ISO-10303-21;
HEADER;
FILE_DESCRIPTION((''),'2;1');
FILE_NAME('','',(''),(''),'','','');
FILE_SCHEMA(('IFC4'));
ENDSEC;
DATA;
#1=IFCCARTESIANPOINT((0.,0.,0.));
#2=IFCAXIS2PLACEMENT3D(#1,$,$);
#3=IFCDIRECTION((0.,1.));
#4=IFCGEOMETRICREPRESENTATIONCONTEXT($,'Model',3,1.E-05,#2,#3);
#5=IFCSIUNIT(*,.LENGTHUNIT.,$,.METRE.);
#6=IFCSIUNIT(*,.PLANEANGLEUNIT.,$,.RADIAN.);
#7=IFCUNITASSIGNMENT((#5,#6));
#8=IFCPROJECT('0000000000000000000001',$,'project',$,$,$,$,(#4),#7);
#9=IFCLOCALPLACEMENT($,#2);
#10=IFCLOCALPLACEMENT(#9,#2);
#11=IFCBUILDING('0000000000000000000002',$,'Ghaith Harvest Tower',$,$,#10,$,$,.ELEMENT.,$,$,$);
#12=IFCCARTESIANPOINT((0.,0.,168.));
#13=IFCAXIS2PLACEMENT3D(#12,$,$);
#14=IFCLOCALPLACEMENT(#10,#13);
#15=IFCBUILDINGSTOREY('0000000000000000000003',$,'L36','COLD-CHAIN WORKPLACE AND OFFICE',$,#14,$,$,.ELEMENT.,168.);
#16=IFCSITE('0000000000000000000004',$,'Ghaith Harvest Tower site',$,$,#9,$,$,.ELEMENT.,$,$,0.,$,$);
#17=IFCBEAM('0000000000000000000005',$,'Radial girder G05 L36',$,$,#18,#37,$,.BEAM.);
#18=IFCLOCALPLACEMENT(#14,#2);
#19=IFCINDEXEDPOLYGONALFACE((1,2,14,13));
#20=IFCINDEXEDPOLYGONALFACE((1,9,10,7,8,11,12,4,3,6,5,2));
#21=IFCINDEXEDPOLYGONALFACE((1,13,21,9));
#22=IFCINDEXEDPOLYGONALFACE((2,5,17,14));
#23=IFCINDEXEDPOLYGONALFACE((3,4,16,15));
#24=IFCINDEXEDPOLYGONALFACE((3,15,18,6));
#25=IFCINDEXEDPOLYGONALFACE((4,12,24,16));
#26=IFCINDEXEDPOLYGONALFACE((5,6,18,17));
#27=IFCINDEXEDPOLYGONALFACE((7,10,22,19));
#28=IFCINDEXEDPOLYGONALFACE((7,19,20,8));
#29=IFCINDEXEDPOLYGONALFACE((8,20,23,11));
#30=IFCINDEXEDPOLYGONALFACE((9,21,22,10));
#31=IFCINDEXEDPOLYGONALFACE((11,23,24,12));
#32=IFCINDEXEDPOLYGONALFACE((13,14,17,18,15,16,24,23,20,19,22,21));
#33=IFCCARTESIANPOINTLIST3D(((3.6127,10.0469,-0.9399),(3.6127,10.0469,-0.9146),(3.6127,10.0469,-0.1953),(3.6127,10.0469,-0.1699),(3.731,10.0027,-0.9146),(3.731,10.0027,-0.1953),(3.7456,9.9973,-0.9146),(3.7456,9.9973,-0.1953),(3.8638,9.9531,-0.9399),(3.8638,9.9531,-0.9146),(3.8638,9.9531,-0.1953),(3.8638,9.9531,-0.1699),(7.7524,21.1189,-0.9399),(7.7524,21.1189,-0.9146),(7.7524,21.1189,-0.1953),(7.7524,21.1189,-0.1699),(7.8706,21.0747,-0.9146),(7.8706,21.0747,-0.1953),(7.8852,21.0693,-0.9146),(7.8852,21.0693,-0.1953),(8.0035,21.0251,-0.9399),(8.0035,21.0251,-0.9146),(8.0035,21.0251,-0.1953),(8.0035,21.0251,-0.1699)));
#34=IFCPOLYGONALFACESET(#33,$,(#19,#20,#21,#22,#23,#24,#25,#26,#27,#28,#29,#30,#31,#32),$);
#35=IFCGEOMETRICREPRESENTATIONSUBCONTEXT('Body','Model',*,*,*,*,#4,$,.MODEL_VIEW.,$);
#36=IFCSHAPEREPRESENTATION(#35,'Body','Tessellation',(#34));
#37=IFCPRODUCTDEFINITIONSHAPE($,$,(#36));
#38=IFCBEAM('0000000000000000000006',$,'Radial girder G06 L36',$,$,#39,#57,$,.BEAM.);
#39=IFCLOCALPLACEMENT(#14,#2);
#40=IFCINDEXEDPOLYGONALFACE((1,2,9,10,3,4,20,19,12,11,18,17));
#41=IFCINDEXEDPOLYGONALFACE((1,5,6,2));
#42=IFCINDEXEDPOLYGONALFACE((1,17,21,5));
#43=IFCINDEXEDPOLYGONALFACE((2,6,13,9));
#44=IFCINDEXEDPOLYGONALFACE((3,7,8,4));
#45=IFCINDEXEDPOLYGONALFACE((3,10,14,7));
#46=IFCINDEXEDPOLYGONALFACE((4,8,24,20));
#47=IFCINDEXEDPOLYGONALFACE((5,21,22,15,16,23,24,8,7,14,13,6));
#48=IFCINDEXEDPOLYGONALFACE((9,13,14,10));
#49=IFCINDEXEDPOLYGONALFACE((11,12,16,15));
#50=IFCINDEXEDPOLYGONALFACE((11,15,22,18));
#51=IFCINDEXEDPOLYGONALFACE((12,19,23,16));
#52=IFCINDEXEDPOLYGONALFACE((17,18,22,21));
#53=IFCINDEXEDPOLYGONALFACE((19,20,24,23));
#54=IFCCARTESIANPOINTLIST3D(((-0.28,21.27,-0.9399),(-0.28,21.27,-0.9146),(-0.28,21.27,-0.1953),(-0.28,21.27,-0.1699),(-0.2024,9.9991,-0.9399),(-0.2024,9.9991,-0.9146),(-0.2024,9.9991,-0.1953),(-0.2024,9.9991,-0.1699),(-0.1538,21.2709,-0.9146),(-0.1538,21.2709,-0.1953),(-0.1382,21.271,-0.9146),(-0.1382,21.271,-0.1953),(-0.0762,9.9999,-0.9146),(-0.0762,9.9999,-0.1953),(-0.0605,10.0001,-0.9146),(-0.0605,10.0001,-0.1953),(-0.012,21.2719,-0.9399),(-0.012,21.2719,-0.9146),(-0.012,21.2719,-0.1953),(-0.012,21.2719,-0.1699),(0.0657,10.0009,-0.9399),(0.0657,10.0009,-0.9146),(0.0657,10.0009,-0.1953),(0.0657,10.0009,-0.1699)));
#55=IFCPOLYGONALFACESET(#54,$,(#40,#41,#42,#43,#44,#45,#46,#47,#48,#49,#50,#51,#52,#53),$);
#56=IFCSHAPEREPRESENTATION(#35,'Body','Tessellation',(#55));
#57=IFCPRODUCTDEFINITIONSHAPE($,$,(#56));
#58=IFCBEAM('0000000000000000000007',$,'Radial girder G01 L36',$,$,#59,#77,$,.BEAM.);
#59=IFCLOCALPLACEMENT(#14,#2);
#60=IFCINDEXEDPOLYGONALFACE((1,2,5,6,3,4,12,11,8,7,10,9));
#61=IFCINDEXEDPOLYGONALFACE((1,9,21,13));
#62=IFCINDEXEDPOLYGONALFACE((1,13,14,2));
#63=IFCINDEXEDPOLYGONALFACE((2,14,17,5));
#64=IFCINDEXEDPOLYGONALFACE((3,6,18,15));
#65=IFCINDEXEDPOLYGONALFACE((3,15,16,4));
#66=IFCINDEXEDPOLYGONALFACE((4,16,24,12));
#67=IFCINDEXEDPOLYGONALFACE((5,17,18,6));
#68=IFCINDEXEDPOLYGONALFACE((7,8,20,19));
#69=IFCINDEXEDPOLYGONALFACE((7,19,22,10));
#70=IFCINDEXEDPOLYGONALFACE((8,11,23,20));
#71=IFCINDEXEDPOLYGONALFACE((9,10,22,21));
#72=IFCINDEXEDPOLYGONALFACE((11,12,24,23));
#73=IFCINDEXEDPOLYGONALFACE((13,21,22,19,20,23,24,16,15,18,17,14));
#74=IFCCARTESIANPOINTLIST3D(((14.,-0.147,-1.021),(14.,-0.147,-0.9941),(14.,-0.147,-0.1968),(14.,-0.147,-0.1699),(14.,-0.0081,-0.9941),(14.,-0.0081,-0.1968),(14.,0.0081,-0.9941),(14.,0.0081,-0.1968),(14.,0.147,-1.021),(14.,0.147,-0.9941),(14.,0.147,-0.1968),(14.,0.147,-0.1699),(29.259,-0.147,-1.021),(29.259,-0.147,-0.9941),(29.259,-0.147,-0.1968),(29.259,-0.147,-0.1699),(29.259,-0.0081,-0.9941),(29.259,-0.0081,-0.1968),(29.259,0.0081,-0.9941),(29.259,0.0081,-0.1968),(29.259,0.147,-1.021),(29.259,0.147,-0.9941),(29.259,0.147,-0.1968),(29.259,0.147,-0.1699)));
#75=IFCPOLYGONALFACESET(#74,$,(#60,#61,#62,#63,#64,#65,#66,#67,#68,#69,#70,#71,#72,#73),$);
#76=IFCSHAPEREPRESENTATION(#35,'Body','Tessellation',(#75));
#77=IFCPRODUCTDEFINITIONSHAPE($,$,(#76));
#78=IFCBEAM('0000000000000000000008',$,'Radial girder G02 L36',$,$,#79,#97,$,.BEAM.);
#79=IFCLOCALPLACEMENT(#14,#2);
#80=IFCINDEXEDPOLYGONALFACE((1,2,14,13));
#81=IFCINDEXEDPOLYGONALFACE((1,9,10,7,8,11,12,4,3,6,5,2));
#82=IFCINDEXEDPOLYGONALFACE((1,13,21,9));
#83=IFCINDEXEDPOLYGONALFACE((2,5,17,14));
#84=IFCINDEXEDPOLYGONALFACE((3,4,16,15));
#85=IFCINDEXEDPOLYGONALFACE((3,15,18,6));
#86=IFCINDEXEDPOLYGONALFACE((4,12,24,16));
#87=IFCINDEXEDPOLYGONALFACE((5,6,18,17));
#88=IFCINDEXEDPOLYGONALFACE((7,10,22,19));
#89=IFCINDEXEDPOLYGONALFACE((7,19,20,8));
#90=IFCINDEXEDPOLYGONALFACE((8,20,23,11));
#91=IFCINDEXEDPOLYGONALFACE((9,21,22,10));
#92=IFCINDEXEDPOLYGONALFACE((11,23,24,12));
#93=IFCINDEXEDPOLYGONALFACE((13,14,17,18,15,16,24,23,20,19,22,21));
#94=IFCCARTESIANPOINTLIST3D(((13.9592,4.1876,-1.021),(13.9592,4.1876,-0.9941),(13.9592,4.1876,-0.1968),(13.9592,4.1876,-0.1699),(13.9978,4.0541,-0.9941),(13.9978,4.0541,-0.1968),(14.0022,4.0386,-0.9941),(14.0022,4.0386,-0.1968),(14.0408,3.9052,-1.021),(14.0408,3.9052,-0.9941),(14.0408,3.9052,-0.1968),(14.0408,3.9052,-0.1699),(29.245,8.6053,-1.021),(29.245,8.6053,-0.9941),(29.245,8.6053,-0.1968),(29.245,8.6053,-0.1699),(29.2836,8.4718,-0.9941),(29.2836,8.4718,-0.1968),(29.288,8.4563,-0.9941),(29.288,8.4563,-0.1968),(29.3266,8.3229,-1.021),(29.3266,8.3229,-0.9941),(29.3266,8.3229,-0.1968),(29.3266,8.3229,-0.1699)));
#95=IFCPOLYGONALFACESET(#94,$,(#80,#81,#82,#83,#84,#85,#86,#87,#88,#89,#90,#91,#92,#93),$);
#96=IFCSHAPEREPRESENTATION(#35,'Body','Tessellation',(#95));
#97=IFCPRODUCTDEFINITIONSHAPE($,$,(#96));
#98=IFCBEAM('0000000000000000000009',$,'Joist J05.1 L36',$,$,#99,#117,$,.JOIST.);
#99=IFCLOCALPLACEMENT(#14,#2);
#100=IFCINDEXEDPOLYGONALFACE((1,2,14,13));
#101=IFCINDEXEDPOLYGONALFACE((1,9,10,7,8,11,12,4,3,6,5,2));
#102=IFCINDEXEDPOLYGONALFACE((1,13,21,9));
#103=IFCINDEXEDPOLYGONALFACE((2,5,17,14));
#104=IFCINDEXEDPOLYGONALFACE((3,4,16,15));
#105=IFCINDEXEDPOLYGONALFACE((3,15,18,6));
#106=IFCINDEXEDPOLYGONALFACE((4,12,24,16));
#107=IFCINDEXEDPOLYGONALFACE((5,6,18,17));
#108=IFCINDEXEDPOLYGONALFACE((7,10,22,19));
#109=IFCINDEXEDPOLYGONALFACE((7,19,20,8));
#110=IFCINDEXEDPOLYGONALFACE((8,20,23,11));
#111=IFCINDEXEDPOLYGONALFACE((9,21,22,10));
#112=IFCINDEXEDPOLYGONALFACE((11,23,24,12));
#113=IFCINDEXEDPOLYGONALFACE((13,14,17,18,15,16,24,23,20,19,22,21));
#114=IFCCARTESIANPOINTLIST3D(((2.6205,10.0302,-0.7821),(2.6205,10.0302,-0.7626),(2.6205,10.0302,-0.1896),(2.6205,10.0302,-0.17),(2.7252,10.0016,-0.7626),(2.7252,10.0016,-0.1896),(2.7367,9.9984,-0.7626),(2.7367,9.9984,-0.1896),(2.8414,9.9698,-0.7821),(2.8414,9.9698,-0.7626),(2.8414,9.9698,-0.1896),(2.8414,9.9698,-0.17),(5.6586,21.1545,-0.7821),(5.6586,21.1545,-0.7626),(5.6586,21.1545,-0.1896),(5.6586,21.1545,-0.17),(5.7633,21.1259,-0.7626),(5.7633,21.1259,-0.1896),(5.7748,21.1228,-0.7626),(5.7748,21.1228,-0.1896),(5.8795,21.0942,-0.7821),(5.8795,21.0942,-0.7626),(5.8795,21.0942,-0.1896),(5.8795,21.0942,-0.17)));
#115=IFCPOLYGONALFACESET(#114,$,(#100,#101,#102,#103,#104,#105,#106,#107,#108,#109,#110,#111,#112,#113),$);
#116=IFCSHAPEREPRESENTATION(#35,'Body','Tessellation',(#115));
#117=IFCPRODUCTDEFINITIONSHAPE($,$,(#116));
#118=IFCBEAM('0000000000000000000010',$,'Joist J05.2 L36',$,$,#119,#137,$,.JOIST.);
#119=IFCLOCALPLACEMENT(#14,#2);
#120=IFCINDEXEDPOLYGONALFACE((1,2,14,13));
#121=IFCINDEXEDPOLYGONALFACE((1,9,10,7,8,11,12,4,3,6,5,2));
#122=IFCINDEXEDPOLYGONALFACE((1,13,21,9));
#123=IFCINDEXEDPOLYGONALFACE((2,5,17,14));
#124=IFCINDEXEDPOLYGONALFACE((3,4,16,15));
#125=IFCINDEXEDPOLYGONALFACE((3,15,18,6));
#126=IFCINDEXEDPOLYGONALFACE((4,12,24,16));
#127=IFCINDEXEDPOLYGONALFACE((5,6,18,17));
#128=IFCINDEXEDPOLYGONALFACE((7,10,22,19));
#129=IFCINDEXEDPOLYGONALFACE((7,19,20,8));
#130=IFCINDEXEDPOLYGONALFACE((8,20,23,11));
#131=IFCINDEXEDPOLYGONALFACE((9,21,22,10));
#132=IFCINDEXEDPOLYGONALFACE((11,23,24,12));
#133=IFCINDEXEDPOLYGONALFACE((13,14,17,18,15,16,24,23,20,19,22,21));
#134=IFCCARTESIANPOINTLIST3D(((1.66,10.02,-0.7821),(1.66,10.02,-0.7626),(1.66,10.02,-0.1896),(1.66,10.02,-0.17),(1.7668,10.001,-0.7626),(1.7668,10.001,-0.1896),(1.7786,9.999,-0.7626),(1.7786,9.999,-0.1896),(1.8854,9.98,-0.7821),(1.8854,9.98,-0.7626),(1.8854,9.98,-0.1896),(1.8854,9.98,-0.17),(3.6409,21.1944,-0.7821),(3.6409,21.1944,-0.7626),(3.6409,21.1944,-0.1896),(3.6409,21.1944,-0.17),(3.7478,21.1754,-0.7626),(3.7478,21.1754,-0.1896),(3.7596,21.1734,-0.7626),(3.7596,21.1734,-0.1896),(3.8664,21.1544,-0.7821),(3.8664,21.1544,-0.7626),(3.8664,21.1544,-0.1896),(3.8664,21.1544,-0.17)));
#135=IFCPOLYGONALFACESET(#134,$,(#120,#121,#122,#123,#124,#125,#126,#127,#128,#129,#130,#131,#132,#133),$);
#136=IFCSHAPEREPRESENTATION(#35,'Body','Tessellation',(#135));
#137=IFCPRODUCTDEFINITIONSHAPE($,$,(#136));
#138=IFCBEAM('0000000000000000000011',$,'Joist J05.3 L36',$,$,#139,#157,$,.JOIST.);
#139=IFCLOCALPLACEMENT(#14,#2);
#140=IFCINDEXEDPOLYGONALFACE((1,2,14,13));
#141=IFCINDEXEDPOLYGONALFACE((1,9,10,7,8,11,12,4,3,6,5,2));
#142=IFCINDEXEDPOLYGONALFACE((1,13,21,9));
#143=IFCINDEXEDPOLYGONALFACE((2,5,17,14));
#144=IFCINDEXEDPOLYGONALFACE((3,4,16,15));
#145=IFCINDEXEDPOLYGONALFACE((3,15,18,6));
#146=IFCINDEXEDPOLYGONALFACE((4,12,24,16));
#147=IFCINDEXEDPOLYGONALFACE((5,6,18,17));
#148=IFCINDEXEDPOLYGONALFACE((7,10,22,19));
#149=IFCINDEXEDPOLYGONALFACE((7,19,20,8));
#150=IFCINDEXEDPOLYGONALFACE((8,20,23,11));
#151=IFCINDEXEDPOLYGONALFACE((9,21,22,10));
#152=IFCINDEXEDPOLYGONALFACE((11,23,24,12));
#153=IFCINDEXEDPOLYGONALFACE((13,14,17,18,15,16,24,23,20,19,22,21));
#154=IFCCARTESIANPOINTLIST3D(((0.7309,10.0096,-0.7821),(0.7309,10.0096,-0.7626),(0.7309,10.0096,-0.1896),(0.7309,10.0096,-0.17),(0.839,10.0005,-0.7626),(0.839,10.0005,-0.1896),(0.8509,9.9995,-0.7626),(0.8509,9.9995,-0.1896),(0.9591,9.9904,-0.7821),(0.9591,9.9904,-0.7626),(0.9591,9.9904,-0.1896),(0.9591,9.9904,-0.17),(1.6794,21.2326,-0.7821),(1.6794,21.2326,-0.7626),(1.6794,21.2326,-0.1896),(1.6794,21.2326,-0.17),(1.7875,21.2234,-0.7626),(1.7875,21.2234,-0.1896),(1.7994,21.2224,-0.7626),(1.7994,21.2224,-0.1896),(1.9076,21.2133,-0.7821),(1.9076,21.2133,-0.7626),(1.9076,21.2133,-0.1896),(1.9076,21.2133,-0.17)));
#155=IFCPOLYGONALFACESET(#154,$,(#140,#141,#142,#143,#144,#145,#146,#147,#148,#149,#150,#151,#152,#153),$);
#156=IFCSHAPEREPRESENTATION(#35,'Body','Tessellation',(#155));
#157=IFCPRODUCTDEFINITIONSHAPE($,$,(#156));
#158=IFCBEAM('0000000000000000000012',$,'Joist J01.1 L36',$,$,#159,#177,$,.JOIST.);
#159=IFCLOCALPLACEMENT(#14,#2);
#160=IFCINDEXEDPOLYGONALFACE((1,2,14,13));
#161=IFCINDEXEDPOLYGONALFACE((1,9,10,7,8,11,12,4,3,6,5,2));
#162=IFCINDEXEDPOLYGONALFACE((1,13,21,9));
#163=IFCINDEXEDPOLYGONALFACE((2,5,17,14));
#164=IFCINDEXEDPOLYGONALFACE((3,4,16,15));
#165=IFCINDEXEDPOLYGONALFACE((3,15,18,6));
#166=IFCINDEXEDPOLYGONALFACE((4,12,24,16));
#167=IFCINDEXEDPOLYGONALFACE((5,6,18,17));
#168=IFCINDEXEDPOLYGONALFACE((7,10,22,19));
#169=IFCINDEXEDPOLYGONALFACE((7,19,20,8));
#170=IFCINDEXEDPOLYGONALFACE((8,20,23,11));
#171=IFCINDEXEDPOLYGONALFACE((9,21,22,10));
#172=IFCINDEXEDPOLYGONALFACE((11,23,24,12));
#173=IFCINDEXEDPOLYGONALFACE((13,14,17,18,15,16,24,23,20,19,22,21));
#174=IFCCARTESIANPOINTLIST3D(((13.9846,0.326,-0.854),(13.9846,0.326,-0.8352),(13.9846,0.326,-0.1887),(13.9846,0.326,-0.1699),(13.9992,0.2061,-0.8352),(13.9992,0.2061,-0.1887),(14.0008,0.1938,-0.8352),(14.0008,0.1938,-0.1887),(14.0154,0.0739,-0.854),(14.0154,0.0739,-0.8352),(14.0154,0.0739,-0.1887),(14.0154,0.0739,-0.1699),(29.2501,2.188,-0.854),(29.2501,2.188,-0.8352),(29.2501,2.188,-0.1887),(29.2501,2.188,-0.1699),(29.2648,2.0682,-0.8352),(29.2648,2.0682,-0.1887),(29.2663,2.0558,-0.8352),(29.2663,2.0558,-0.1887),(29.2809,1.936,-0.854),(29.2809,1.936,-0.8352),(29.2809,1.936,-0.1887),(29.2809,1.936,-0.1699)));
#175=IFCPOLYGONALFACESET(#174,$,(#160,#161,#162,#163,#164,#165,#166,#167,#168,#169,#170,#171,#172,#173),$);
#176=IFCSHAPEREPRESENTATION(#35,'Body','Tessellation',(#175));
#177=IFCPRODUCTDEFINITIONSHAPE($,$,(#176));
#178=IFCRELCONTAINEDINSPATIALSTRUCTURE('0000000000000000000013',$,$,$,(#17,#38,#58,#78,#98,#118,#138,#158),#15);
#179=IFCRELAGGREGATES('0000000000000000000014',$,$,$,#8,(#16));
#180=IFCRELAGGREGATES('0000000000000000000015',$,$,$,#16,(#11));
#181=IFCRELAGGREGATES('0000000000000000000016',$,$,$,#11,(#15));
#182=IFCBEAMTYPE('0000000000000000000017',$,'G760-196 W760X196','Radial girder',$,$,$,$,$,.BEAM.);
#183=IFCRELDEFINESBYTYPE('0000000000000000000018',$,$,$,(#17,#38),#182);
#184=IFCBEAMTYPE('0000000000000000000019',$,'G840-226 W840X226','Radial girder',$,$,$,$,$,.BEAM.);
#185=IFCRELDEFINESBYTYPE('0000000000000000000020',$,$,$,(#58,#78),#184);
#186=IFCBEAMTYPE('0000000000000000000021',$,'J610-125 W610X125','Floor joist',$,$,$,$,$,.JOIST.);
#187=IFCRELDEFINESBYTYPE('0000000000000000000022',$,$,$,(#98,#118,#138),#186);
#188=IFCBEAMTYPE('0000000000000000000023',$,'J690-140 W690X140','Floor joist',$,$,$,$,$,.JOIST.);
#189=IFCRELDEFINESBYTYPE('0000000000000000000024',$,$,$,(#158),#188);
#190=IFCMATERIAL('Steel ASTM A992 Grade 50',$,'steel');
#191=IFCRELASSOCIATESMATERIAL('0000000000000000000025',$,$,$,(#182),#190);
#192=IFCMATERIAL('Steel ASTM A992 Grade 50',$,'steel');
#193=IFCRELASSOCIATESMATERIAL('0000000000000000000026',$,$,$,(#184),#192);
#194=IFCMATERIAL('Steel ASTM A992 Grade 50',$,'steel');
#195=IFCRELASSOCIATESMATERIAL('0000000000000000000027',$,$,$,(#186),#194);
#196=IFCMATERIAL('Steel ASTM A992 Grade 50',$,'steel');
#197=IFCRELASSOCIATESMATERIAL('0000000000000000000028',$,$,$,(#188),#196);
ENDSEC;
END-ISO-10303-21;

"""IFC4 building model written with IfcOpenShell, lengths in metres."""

from ifc_helpers import new_model, si_unit, direction, frame, origin, origin_2d, place, context, subcontext, project, spatial, i_section, extrude, material, material_profile, profile_set, type_object, element, save


model = new_model("IFC4")

# Units and contexts
model_context = context("Model", 3, precision=1e-05, world=origin(), true_north=direction((0.0, 1.0)))
body_context = subcontext(model_context, "Body", "Model", "MODEL_VIEW")
ifc_project = project(units=[si_unit("LENGTHUNIT", "METRE"), si_unit("PLANEANGLEUNIT", "RADIAN")], contexts=[model_context])

# Site, building, storey
site_placement = place(None, origin())
site = spatial("IfcSite", under=ifc_project, at=site_placement, Name="Ghaith Harvest Tower site", CompositionType="ELEMENT", RefElevation=0.0)
building_placement = place(site_placement, origin())
building = spatial("IfcBuilding", under=site, at=building_placement, Name="Ghaith Harvest Tower", CompositionType="ELEMENT")
storey_placement = place(building_placement, frame((0.0, 0.0, 168.0)))
storey = spatial("IfcBuildingStorey", under=building, at=storey_placement, Name="L36", Description="COLD-CHAIN WORKPLACE AND OFFICE", CompositionType="ELEMENT", Elevation=168.0)

# Beams
ifc_material_1 = material(Name="Steel ASTM A992 Grade 50", Category="steel")
ifc_material_profile_1 = material_profile(ifc_material_1, i_section(OverallWidth=0.2681, OverallDepth=0.77, WebThickness=0.0156, FlangeThickness=0.0254, at=origin_2d()), Name="W760X196")
ifc_profile_set_1 = profile_set([ifc_material_profile_1], Name="Steel ASTM A992 Grade 50")
beam_type_1 = type_object("IfcBeamType", Name="G760-196 W760X196", Description="Radial girder", PredefinedType="BEAM", material=ifc_profile_set_1)
beam_1_placement = place(storey_placement, frame((3.7383, 10.0, -0.5549), z_axis=(0.350207, 0.936672, 0.0), x_axis=(-0.936672, 0.350207, 0.0)))
element("IfcBeam", 1, at=beam_1_placement, inside=storey, type_object=beam_type_1, Name="Radial girder G05 L36", PredefinedType="BEAM", context=body_context, shape_type="SweptSolid", body=[
    extrude(i_section(OverallWidth=0.2681, OverallDepth=0.77, WebThickness=0.0156, FlangeThickness=0.0254, at=origin_2d()), origin(), (0.0, 0.0, 1.0), 11.8206),
])
beam_2_placement = place(storey_placement, frame((-0.0684, 10.0, -0.5549), z_axis=(-0.006888, 0.999976, 0.0), x_axis=(-0.999976, -0.006888, 0.0)))
element("IfcBeam", 2, at=beam_2_placement, inside=storey, type_object=beam_type_1, Name="Radial girder G06 L36", PredefinedType="BEAM", context=body_context, shape_type="SweptSolid", body=[
    extrude(i_section(OverallWidth=0.2681, OverallDepth=0.77, WebThickness=0.0156, FlangeThickness=0.0254, at=origin_2d()), origin(), (0.0, 0.0, 1.0), 11.2712),
])
ifc_material_2 = material(Name="Steel ASTM A992 Grade 50", Category="steel")
ifc_material_profile_2 = material_profile(ifc_material_2, i_section(OverallWidth=0.2939, OverallDepth=0.8511, WebThickness=0.0161, FlangeThickness=0.0269, at=origin_2d()), Name="W840X226")
ifc_profile_set_2 = profile_set([ifc_material_profile_2], Name="Steel ASTM A992 Grade 50")
beam_type_2 = type_object("IfcBeamType", Name="G840-226 W840X226", Description="Radial girder", PredefinedType="BEAM", material=ifc_profile_set_2)
beam_3_placement = place(storey_placement, frame((14.0, 0.0, -0.5955), z_axis=(1.0, 0.0, 0.0), x_axis=(0.0, 1.0, 0.0)))
element("IfcBeam", 3, at=beam_3_placement, inside=storey, type_object=beam_type_2, Name="Radial girder G01 L36", PredefinedType="BEAM", context=body_context, shape_type="SweptSolid", body=[
    extrude(i_section(OverallWidth=0.2939, OverallDepth=0.8511, WebThickness=0.0161, FlangeThickness=0.0269, at=origin_2d()), origin(), (0.0, 0.0, 1.0), 15.259),
])
beam_4_placement = place(storey_placement, frame((14.0, 4.0464, -0.5955), z_axis=(0.960684, 0.277644, 0.0), x_axis=(-0.277644, 0.960684, 0.0)))
element("IfcBeam", 4, at=beam_4_placement, inside=storey, type_object=beam_type_2, Name="Radial girder G02 L36", PredefinedType="BEAM", context=body_context, shape_type="SweptSolid", body=[
    extrude(i_section(OverallWidth=0.2939, OverallDepth=0.8511, WebThickness=0.0161, FlangeThickness=0.0269, at=origin_2d()), origin(), (0.0, 0.0, 1.0), 15.9114),
])
ifc_material_3 = material(Name="Steel ASTM A992 Grade 50", Category="steel")
ifc_material_profile_3 = material_profile(ifc_material_3, i_section(OverallWidth=0.229, OverallDepth=0.6121, WebThickness=0.012, FlangeThickness=0.0195, at=origin_2d()), Name="W610X125")
ifc_profile_set_3 = profile_set([ifc_material_profile_3], Name="Steel ASTM A992 Grade 50")
beam_type_3 = type_object("IfcBeamType", Name="J610-125 W610X125", Description="Floor joist", PredefinedType="JOIST", material=ifc_profile_set_3)
beam_5_placement = place(storey_placement, frame((2.731, 10.0, -0.4761), z_axis=(0.263456, 0.964671, 0.0), x_axis=(-0.964671, 0.263456, 0.0)))
element("IfcBeam", 5, at=beam_5_placement, inside=storey, type_object=beam_type_3, Name="Joist J05.1 L36", PredefinedType="JOIST", context=body_context, shape_type="SweptSolid", body=[
    extrude(i_section(OverallWidth=0.229, OverallDepth=0.6121, WebThickness=0.012, FlangeThickness=0.0195, at=origin_2d()), origin(), (0.0, 0.0, 1.0), 11.5317),
])
beam_6_placement = place(storey_placement, frame((1.7727, 10.0, -0.4761), z_axis=(0.174556, 0.984647, 0.0), x_axis=(-0.984647, 0.174556, 0.0)))
element("IfcBeam", 6, at=beam_6_placement, inside=storey, type_object=beam_type_3, Name="Joist J05.2 L36", PredefinedType="JOIST", context=body_context, shape_type="SweptSolid", body=[
    extrude(i_section(OverallWidth=0.229, OverallDepth=0.6121, WebThickness=0.012, FlangeThickness=0.0195, at=origin_2d()), origin(), (0.0, 0.0, 1.0), 11.3486),
])
beam_7_placement = place(storey_placement, frame((0.845, 10.0, -0.4761), z_axis=(0.084213, 0.996448, 0.0), x_axis=(-0.996448, 0.084213, 0.0)))
element("IfcBeam", 7, at=beam_7_placement, inside=storey, type_object=beam_type_3, Name="Joist J05.3 L36", PredefinedType="JOIST", context=body_context, shape_type="SweptSolid", body=[
    extrude(i_section(OverallWidth=0.229, OverallDepth=0.6121, WebThickness=0.012, FlangeThickness=0.0195, at=origin_2d()), origin(), (0.0, 0.0, 1.0), 11.2629),
])
ifc_material_4 = material(Name="Steel ASTM A992 Grade 50", Category="steel")
ifc_material_profile_4 = material_profile(ifc_material_4, i_section(OverallWidth=0.2539, OverallDepth=0.6841, WebThickness=0.0125, FlangeThickness=0.0188, at=origin_2d()), Name="W690X140")
ifc_profile_set_4 = profile_set([ifc_material_profile_4], Name="Steel ASTM A992 Grade 50")
beam_type_4 = type_object("IfcBeamType", Name="J690-140 W690X140", Description="Floor joist", PredefinedType="JOIST", material=ifc_profile_set_4)
beam_8_placement = place(storey_placement, frame((14.0, 0.2, -0.512), z_axis=(0.992643, 0.12108, 0.0), x_axis=(-0.12108, 0.992643, 0.0)))
element("IfcBeam", 8, at=beam_8_placement, inside=storey, type_object=beam_type_4, Name="Joist J01.1 L36", PredefinedType="JOIST", context=body_context, shape_type="SweptSolid", body=[
    extrude(i_section(OverallWidth=0.2539, OverallDepth=0.6841, WebThickness=0.0125, FlangeThickness=0.0188, at=origin_2d()), origin(), (0.0, 0.0, 1.0), 15.3787),
])

save(model, "model.ifc")
